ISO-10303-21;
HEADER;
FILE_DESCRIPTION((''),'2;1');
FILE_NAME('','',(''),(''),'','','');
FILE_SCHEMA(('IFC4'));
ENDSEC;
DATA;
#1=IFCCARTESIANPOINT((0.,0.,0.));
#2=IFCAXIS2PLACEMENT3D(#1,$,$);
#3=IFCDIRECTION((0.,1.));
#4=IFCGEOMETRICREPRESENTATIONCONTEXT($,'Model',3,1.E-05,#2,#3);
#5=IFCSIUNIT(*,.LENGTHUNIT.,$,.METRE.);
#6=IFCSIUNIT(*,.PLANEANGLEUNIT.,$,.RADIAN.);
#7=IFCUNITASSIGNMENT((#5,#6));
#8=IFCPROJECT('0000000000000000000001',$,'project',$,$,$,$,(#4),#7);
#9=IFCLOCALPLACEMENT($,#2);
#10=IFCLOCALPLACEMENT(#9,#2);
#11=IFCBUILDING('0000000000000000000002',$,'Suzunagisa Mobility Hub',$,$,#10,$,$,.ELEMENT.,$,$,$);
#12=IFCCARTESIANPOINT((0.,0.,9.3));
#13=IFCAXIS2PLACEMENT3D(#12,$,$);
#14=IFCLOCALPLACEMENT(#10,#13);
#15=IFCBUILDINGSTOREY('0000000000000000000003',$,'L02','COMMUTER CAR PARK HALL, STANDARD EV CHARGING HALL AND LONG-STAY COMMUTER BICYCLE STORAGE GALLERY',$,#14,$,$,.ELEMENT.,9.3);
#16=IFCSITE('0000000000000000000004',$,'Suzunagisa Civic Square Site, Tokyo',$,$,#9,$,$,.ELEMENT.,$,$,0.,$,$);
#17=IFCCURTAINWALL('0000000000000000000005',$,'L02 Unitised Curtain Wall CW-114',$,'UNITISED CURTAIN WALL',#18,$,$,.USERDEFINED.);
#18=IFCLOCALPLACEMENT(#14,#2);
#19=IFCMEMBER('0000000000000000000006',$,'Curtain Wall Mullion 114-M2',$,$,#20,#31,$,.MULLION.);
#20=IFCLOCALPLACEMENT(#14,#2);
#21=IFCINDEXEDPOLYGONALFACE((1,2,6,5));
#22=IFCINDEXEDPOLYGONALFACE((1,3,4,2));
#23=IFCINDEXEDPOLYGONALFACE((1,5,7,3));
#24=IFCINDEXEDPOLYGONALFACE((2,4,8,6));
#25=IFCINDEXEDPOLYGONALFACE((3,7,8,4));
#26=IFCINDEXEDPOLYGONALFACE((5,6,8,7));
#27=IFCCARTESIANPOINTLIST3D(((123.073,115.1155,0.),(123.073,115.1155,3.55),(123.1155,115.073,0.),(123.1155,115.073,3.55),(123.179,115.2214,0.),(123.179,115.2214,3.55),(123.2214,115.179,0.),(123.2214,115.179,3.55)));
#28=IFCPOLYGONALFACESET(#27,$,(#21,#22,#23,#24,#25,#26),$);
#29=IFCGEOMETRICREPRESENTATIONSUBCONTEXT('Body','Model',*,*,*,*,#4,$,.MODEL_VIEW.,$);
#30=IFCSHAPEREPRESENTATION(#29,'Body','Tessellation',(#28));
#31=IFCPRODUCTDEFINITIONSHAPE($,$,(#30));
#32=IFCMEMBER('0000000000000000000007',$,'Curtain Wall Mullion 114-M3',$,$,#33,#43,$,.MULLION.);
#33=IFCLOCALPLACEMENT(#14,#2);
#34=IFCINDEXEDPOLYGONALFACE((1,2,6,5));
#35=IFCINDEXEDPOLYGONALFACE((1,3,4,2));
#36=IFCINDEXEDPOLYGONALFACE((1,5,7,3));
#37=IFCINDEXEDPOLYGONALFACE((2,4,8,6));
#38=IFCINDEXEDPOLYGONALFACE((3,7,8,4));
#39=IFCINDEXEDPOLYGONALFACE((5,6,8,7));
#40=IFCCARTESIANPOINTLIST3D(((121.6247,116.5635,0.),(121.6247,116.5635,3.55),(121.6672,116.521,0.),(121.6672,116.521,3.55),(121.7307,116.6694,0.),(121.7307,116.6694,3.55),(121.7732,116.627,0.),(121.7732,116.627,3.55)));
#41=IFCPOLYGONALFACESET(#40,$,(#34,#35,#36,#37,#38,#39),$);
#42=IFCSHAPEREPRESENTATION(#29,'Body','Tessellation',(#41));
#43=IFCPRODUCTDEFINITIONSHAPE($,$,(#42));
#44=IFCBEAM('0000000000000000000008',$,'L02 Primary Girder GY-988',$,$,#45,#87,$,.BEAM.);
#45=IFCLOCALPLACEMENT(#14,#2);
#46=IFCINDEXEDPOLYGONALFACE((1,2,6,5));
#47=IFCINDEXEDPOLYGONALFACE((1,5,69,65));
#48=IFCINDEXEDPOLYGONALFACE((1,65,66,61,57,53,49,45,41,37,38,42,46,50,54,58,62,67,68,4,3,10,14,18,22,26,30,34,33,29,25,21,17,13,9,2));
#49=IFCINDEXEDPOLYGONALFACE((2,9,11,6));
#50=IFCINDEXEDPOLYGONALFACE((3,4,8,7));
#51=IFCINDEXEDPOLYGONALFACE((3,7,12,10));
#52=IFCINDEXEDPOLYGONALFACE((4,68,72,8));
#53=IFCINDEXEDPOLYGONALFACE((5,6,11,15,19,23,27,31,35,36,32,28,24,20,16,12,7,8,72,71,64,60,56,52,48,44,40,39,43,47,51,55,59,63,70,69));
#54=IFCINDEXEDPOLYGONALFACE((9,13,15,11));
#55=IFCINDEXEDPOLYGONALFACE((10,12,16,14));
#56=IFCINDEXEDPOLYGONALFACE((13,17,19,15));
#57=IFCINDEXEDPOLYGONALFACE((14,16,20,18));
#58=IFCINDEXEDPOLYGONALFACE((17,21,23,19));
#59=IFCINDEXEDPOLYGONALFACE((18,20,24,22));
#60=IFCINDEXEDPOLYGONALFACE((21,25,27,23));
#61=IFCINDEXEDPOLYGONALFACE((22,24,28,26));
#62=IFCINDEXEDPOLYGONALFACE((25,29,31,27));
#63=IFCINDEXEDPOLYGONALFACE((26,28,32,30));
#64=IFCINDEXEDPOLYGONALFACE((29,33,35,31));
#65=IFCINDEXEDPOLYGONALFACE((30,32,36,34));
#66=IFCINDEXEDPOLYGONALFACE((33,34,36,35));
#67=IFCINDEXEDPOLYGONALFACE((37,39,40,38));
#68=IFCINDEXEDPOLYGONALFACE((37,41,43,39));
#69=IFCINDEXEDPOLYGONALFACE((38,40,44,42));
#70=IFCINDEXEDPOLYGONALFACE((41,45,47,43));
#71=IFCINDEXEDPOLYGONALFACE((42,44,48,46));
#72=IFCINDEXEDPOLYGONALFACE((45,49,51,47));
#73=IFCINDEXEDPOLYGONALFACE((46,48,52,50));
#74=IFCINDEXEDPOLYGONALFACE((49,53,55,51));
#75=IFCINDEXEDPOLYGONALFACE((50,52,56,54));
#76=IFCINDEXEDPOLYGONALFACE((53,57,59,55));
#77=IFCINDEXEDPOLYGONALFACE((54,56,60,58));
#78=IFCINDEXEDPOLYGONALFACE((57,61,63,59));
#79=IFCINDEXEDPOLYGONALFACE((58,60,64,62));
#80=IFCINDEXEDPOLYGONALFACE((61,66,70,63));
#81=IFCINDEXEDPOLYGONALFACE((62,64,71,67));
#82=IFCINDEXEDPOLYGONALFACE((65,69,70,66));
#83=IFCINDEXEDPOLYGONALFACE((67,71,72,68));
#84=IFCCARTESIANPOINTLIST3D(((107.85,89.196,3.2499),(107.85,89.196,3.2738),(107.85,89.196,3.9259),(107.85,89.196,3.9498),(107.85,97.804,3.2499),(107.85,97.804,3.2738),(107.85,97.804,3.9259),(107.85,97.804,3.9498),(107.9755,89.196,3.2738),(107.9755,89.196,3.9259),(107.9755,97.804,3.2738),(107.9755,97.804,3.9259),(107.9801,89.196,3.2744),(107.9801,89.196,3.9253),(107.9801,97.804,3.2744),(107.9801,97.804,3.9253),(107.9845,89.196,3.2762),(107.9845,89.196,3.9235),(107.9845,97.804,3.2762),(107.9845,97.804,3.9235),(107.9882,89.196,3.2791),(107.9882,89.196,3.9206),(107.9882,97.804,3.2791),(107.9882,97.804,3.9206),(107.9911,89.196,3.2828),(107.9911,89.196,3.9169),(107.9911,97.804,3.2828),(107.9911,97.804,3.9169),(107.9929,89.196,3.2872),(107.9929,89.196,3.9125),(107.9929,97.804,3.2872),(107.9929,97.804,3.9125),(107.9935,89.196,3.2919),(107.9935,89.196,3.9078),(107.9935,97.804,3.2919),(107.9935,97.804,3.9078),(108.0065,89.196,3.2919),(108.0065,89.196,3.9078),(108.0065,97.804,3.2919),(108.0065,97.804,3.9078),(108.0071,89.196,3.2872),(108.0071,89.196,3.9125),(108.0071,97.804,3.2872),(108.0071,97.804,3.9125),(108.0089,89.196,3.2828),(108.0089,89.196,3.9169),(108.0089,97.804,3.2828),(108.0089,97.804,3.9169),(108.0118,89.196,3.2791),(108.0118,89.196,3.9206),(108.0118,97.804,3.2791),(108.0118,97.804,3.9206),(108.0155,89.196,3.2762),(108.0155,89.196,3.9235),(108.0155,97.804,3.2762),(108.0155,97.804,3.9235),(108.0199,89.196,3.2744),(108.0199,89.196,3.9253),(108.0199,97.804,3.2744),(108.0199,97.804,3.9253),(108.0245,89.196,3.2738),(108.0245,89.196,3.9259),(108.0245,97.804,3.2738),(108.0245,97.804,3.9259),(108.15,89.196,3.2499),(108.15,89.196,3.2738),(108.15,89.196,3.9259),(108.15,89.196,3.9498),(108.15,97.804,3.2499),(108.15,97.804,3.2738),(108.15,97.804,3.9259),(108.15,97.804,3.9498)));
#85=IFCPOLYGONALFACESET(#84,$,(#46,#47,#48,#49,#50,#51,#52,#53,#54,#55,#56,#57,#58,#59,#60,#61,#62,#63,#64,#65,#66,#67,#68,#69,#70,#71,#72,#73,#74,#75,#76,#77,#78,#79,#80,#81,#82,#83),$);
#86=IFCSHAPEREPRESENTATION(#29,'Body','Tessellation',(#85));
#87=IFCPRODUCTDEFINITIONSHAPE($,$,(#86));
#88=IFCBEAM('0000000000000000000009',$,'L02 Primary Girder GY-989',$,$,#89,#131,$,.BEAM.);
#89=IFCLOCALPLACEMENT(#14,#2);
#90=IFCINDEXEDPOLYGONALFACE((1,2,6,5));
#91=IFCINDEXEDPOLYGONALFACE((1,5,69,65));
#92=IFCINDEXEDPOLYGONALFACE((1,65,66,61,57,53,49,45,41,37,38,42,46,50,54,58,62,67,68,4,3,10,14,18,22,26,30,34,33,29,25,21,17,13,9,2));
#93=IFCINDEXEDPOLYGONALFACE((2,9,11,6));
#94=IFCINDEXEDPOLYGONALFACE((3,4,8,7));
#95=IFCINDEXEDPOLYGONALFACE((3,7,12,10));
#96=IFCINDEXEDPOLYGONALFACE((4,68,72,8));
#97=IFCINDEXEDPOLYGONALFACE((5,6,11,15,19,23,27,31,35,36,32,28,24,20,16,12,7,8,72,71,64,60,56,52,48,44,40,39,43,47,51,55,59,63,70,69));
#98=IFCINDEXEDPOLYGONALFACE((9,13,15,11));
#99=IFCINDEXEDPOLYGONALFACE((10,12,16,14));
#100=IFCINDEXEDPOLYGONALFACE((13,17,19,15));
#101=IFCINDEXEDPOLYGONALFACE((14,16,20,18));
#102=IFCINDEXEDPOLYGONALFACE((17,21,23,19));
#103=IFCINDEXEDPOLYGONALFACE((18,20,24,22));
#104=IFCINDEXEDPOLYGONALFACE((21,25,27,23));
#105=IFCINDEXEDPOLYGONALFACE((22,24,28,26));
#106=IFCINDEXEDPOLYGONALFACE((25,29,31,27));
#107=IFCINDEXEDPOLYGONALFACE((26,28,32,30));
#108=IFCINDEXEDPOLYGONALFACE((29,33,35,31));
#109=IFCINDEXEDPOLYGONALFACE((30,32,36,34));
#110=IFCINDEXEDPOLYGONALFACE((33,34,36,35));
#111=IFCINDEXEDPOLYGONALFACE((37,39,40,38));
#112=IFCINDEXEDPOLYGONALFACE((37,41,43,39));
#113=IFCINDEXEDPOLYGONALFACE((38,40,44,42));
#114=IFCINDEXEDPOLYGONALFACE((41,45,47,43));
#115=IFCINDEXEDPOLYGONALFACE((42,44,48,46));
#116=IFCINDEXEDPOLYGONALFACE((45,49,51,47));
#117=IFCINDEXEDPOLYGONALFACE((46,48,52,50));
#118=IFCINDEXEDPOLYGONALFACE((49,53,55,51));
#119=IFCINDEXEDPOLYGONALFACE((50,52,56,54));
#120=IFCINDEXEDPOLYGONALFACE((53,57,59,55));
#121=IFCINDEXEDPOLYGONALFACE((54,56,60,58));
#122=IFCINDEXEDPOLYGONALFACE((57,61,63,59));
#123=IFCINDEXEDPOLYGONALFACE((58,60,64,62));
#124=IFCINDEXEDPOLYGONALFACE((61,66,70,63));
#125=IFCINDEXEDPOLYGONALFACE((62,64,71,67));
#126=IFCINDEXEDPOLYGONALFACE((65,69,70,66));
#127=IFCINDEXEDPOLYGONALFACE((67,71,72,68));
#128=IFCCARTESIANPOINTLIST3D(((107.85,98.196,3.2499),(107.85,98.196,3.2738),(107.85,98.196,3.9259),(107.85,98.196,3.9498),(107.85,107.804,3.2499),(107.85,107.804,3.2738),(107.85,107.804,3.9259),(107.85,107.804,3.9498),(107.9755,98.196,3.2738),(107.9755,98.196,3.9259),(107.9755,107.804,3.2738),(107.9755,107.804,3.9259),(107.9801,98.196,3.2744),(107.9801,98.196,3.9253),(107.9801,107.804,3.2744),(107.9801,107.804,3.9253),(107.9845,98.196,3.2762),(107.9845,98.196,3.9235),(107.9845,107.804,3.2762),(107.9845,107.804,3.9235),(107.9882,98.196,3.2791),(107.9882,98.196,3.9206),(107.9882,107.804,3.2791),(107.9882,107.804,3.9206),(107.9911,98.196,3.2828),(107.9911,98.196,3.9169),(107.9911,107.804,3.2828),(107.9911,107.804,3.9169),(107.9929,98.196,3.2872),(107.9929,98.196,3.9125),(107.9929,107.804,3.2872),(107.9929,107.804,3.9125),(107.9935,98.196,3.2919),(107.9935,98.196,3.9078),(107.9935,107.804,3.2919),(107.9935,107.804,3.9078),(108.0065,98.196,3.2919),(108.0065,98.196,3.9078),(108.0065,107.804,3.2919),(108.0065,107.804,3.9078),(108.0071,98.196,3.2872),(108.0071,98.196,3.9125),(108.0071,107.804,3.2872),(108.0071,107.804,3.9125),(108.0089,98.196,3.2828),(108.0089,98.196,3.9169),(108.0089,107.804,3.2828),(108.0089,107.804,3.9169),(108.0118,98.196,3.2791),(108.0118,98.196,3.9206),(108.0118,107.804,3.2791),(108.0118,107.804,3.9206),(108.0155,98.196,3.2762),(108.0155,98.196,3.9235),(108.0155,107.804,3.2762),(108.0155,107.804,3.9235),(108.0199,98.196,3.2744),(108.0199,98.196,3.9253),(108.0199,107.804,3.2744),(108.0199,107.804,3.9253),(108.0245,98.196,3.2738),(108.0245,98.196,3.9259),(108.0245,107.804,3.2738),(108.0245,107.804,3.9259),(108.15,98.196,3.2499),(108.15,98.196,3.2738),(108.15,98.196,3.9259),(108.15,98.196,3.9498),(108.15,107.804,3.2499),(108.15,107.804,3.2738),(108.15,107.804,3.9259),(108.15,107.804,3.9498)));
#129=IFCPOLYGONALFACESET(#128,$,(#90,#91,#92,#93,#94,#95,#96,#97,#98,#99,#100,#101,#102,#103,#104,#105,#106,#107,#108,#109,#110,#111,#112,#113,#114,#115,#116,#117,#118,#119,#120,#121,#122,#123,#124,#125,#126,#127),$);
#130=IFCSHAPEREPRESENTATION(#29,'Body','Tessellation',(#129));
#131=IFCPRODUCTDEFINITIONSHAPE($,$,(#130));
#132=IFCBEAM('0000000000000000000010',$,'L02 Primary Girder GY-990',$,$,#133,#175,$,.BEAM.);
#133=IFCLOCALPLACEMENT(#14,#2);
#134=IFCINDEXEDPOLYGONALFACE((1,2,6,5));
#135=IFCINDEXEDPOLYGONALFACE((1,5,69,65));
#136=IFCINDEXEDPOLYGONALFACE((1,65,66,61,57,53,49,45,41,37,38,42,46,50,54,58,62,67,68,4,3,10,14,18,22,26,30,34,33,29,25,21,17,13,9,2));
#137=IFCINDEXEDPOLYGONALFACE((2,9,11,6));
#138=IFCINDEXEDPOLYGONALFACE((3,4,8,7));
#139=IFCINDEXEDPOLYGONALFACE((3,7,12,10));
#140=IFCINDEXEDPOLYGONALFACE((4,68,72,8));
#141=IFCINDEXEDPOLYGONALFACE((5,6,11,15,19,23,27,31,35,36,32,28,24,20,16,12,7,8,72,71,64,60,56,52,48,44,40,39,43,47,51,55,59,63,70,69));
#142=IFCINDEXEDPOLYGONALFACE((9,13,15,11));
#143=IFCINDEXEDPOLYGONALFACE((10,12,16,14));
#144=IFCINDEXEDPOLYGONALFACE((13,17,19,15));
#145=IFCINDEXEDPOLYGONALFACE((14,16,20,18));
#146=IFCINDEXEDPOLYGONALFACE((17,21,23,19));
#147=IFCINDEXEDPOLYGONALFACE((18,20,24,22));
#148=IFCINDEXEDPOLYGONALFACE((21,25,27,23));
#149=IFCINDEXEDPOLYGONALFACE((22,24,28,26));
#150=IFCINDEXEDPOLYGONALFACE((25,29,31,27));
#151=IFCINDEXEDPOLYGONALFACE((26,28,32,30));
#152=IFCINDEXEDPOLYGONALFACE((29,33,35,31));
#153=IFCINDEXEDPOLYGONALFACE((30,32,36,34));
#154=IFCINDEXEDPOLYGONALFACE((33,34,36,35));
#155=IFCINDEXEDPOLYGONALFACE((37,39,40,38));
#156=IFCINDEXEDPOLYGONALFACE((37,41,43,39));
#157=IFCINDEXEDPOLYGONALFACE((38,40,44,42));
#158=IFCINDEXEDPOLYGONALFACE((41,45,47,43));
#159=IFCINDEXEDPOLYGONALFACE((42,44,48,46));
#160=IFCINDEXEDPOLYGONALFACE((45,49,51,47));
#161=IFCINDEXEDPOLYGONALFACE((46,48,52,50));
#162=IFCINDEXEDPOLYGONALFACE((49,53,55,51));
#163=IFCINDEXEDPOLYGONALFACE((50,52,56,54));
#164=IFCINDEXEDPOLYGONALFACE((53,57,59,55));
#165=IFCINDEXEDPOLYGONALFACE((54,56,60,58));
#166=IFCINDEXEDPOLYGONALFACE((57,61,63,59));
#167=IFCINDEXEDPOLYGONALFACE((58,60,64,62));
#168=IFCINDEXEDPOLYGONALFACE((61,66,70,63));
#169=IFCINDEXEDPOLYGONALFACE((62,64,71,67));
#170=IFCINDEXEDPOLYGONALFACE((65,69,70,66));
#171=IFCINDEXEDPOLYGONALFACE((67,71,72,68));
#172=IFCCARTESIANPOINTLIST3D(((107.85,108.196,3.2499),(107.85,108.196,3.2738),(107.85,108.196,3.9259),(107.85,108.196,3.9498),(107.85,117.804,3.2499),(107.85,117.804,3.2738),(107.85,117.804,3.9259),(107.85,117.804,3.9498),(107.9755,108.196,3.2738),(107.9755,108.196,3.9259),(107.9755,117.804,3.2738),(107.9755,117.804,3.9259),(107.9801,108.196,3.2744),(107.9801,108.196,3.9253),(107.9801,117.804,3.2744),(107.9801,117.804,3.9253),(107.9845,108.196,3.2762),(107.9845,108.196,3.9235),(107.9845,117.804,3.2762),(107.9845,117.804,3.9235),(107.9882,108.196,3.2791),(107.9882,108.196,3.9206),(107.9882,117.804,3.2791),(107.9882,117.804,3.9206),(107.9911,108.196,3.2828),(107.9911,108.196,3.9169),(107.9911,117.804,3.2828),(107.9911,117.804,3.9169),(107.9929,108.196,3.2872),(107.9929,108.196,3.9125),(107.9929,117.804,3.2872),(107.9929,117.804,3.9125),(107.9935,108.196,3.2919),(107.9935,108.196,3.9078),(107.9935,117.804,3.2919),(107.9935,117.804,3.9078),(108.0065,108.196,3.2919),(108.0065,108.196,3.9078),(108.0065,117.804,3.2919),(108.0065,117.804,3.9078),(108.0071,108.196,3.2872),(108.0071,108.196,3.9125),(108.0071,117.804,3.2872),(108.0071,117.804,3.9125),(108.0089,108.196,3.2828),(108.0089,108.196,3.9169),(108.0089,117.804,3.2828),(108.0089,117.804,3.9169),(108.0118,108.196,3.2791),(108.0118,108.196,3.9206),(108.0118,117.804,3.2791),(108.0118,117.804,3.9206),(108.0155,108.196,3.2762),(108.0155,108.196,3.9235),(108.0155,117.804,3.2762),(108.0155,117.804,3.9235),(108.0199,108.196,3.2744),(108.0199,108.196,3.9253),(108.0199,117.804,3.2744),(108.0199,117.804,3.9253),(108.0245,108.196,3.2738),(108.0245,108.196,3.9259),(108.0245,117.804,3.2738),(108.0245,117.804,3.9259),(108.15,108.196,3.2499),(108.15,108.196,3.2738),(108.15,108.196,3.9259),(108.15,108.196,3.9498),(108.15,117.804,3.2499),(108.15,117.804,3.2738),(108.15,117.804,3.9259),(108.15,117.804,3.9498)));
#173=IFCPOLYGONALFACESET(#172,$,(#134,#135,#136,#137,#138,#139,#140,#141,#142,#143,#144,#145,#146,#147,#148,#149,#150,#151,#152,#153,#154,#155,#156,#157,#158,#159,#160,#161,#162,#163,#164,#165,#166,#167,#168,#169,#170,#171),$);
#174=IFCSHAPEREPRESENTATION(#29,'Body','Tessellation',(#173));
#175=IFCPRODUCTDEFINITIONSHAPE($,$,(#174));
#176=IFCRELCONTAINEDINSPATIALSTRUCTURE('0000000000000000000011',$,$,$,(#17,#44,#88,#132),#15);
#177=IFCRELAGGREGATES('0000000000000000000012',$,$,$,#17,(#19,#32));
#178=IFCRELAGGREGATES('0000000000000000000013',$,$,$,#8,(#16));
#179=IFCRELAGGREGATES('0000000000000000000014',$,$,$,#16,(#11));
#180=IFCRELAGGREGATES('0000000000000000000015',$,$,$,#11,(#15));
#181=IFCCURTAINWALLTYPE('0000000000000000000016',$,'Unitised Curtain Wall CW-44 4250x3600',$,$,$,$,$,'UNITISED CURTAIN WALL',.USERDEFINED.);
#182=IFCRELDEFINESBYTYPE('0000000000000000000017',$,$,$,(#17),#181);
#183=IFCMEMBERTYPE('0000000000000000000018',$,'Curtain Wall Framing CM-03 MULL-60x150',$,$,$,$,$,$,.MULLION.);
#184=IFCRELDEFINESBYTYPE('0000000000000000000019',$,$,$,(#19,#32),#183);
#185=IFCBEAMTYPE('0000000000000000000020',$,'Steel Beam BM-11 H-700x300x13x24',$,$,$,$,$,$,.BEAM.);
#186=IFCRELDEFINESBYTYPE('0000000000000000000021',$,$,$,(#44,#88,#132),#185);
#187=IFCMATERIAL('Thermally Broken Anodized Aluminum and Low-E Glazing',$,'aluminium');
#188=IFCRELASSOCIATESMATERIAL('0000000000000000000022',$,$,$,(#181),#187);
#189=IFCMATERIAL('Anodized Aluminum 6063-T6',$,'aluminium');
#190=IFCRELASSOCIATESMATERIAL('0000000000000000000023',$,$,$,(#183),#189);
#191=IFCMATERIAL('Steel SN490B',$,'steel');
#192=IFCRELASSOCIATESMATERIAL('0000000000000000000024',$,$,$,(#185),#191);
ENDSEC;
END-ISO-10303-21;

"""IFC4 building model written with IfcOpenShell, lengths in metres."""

from ifc_helpers import new_model, si_unit, direction, frame, origin, origin_2d, place, context, subcontext, project, spatial, rectangle, i_section, extrude, material, material_profile, profile_set, type_object, element, aggregate, save


model = new_model("IFC4")

# Units and contexts
model_context = context("Model", 3, precision=1e-05, world=origin(), true_north=direction((0.0, 1.0)))
body_context = subcontext(model_context, "Body", "Model", "MODEL_VIEW")
ifc_project = project(units=[si_unit("LENGTHUNIT", "METRE"), si_unit("PLANEANGLEUNIT", "RADIAN")], contexts=[model_context])

# Site, building, storey
site_placement = place(None, origin())
site = spatial("IfcSite", under=ifc_project, at=site_placement, Name="Suzunagisa Civic Square Site, Tokyo", CompositionType="ELEMENT", RefElevation=0.0)
building_placement = place(site_placement, origin())
building = spatial("IfcBuilding", under=site, at=building_placement, Name="Suzunagisa Mobility Hub", CompositionType="ELEMENT")
storey_placement = place(building_placement, frame((0.0, 0.0, 9.3)))
storey = spatial("IfcBuildingStorey", under=building, at=storey_placement, Name="L02", Description="COMMUTER CAR PARK HALL, STANDARD EV CHARGING HALL AND LONG-STAY COMMUTER BICYCLE STORAGE GALLERY", CompositionType="ELEMENT", Elevation=9.3)

# Shared definitions
ifc_material_1 = material(Name="Steel SN490B", Category="steel")

# Curtain wall, members
ifc_material_2 = material(Name="Thermally Broken Anodized Aluminum and Low-E Glazing", Category="aluminium")
curtain_wall_type = type_object("IfcCurtainWallType", Name="Unitised Curtain Wall CW-44 4250x3600", ElementType="UNITISED CURTAIN WALL", PredefinedType="USERDEFINED", material=ifc_material_2)
curtain_wall_placement = place(storey_placement, origin())
curtain_wall = element("IfcCurtainWall", 1, at=curtain_wall_placement, inside=storey, type_object=curtain_wall_type, Name="L02 Unitised Curtain Wall CW-114", ObjectType="UNITISED CURTAIN WALL", PredefinedType="USERDEFINED")
ifc_material_3 = material(Name="Anodized Aluminum 6063-T6", Category="aluminium")
ifc_material_profile_1 = material_profile(ifc_material_3, rectangle(XDim=0.0601, YDim=0.1499, at=origin_2d()), Name="MULL-60x150")
ifc_profile_set_1 = profile_set([ifc_material_profile_1], Name="Anodized Aluminum 6063-T6")
member_type_1 = type_object("IfcMemberType", Name="Curtain Wall Framing CM-03 MULL-60x150", PredefinedType="MULLION", material=ifc_profile_set_1)
member_1_placement = place(storey_placement, frame((123.1472, 115.1472, 0.0), z_axis=(0.0, 0.0, 1.0), x_axis=(-0.707107, 0.707107, 0.0)))
member_1 = element("IfcMember", 2, at=member_1_placement, type_object=member_type_1, Name="Curtain Wall Mullion 114-M2", PredefinedType="MULLION", context=body_context, shape_type="SweptSolid", body=[
    extrude(rectangle(XDim=0.0601, YDim=0.1499, at=origin_2d()), origin(), (0.0, 0.0, 1.0), 3.55),
])
member_2_placement = place(storey_placement, frame((121.699, 116.5952, 0.0), z_axis=(0.0, 0.0, 1.0), x_axis=(-0.707107, 0.707107, 0.0)))
member_2 = element("IfcMember", 3, at=member_2_placement, type_object=member_type_1, Name="Curtain Wall Mullion 114-M3", PredefinedType="MULLION", context=body_context, shape_type="SweptSolid", body=[
    extrude(rectangle(XDim=0.0601, YDim=0.1499, at=origin_2d()), origin(), (0.0, 0.0, 1.0), 3.55),
])

# Beams
ifc_material_profile_2 = material_profile(ifc_material_1, i_section(OverallWidth=0.3, OverallDepth=0.7, WebThickness=0.0129, FlangeThickness=0.0239, FilletRadius=0.0181, at=origin_2d()), Name="H-700x300x13x24")
ifc_profile_set_2 = profile_set([ifc_material_profile_2], Name="Steel SN490B")
beam_type_1 = type_object("IfcBeamType", Name="Steel Beam BM-11 H-700x300x13x24", PredefinedType="BEAM", material=ifc_profile_set_2)
beam_1_placement = place(storey_placement, frame((108.0, 89.196, 3.5999), z_axis=(0.0, 1.0, 0.0), x_axis=(-1.0, 0.0, 0.0)))
element("IfcBeam", 4, at=beam_1_placement, inside=storey, type_object=beam_type_1, Name="L02 Primary Girder GY-988", PredefinedType="BEAM", context=body_context, shape_type="SweptSolid", body=[
    extrude(i_section(OverallWidth=0.3, OverallDepth=0.7, WebThickness=0.0129, FlangeThickness=0.0239, FilletRadius=0.0181, at=origin_2d()), origin(), (0.0, 0.0, 1.0), 8.6079),
])
for number, where, z_axis, x_axis, name in (
    (5, (108.0, 98.196, 3.5999), (0.0, 1.0, 0.0), (-1.0, 0.0, 0.0), "L02 Primary Girder GY-989"),
    (6, (108.0, 108.196, 3.5999), (0.0, 1.0, 0.0), (-1.0, 0.0, 0.0), "L02 Primary Girder GY-990"),
):
    element("IfcBeam", number, at=place(storey_placement, frame(where, z_axis=z_axis, x_axis=x_axis)), inside=storey, type_object=beam_type_1, Name=name, PredefinedType="BEAM", context=body_context, shape_type="SweptSolid", body=[
        extrude(i_section(OverallWidth=0.3, OverallDepth=0.7, WebThickness=0.0129, FlangeThickness=0.0239, FilletRadius=0.0181, at=origin_2d()), origin(), (0.0, 0.0, 1.0), 9.6079),
    ])

aggregate(curtain_wall, [member_1, member_2])

save(model, "model.ifc")
